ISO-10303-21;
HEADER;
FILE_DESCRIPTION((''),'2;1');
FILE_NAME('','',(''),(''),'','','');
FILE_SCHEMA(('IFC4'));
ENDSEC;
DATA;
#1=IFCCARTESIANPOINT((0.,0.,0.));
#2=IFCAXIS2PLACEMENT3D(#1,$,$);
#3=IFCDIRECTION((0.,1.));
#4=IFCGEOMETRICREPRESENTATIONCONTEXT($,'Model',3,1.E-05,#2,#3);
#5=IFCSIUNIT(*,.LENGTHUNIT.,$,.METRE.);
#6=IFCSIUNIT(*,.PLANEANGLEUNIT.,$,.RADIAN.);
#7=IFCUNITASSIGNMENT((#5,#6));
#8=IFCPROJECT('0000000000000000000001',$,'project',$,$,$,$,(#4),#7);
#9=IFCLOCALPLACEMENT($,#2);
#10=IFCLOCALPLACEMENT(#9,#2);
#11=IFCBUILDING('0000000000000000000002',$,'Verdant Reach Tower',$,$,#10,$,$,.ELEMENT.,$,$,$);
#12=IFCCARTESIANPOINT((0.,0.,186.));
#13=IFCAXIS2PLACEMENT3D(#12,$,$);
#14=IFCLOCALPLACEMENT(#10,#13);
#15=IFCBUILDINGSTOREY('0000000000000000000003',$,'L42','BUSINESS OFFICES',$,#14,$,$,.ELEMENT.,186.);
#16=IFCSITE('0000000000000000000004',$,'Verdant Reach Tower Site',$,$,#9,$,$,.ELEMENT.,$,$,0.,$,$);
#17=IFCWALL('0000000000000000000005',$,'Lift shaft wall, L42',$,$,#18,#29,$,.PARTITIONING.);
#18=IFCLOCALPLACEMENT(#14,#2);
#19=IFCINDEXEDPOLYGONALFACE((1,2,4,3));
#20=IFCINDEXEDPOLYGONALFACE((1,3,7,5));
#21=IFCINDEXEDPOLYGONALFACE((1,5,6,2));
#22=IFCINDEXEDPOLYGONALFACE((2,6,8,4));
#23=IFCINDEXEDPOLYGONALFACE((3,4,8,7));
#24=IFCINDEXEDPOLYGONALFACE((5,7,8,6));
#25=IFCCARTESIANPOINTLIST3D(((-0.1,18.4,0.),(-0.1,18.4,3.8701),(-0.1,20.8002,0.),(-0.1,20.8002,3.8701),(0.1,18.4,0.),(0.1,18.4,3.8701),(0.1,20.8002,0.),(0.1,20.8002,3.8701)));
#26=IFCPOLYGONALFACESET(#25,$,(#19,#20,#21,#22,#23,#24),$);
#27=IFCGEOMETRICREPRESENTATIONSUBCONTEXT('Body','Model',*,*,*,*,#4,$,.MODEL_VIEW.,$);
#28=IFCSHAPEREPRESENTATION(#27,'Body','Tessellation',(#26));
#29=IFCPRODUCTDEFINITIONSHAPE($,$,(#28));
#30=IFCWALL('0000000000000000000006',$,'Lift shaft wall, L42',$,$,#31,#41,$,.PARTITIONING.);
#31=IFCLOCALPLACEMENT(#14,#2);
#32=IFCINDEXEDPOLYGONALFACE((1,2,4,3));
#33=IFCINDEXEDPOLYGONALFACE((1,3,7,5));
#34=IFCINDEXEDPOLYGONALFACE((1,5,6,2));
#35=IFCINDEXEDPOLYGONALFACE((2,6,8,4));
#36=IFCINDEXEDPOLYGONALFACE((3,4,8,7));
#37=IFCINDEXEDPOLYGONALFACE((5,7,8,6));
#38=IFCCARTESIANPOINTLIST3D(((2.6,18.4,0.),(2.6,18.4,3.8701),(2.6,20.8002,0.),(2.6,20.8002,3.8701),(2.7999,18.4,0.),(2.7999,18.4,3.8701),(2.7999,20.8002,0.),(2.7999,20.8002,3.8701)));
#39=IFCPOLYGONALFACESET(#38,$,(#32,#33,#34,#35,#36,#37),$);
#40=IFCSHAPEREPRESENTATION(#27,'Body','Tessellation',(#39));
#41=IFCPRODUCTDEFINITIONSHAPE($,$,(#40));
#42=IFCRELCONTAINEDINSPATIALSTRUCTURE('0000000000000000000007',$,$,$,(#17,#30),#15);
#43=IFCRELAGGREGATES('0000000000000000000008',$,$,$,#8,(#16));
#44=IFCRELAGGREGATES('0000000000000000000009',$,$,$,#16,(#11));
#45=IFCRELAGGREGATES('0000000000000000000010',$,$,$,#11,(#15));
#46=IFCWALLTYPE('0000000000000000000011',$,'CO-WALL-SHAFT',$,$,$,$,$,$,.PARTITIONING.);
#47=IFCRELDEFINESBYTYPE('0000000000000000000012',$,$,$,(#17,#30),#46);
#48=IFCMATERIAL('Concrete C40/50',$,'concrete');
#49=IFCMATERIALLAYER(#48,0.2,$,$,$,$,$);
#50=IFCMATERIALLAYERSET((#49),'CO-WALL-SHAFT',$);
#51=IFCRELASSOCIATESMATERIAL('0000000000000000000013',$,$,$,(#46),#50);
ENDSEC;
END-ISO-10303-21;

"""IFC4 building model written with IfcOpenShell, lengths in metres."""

from ifc_helpers import new_model, si_unit, direction, frame, frame_2d, origin, place, context, subcontext, project, spatial, rectangle, extrude, material, layer, layer_set, type_object, element, save


model = new_model("IFC4")

# Units and contexts
model_context = context("Model", 3, precision=1e-05, world=origin(), true_north=direction((0.0, 1.0)))
body_context = subcontext(model_context, "Body", "Model", "MODEL_VIEW")
ifc_project = project(units=[si_unit("LENGTHUNIT", "METRE"), si_unit("PLANEANGLEUNIT", "RADIAN")], contexts=[model_context])

# Site, building, storey
site_placement = place(None, origin())
site = spatial("IfcSite", under=ifc_project, at=site_placement, Name="Verdant Reach Tower Site", CompositionType="ELEMENT", RefElevation=0.0)
building_placement = place(site_placement, origin())
building = spatial("IfcBuilding", under=site, at=building_placement, Name="Verdant Reach Tower", CompositionType="ELEMENT")
storey_placement = place(building_placement, frame((0.0, 0.0, 186.0)))
storey = spatial("IfcBuildingStorey", under=building, at=storey_placement, Name="L42", Description="BUSINESS OFFICES", CompositionType="ELEMENT", Elevation=186.0)

# Shared definitions
ifc_material_1 = material(Name="Concrete C40/50", Category="concrete")

# Walls
ifc_layer_1 = layer(ifc_material_1, 0.2)
ifc_layer_set_1 = layer_set([ifc_layer_1], Name="CO-WALL-SHAFT")
wall_type = type_object("IfcWallType", Name="CO-WALL-SHAFT", PredefinedType="PARTITIONING", material=ifc_layer_set_1)
for number, where, z_axis, x_axis, name in (
    (1, (0.0, 18.3999, 0.0), (0.0, 0.0, 1.0), (0.0, 1.0, 0.0), "Lift shaft wall, L42"),
    (2, (2.7, 18.3999, 0.0), (0.0, 0.0, 1.0), (0.0, 1.0, 0.0), "Lift shaft wall, L42"),
):
    element("IfcWall", number, at=place(storey_placement, frame(where, z_axis=z_axis, x_axis=x_axis)), inside=storey, type_object=wall_type, Name=name, PredefinedType="PARTITIONING", context=body_context, shape_type="SweptSolid", body=[
        extrude(rectangle(XDim=2.4001, YDim=0.2, at=frame_2d((1.2002, 0.0))), origin(), (0.0, 0.0, 1.0), 3.8701),
    ])

save(model, "model.ifc")
